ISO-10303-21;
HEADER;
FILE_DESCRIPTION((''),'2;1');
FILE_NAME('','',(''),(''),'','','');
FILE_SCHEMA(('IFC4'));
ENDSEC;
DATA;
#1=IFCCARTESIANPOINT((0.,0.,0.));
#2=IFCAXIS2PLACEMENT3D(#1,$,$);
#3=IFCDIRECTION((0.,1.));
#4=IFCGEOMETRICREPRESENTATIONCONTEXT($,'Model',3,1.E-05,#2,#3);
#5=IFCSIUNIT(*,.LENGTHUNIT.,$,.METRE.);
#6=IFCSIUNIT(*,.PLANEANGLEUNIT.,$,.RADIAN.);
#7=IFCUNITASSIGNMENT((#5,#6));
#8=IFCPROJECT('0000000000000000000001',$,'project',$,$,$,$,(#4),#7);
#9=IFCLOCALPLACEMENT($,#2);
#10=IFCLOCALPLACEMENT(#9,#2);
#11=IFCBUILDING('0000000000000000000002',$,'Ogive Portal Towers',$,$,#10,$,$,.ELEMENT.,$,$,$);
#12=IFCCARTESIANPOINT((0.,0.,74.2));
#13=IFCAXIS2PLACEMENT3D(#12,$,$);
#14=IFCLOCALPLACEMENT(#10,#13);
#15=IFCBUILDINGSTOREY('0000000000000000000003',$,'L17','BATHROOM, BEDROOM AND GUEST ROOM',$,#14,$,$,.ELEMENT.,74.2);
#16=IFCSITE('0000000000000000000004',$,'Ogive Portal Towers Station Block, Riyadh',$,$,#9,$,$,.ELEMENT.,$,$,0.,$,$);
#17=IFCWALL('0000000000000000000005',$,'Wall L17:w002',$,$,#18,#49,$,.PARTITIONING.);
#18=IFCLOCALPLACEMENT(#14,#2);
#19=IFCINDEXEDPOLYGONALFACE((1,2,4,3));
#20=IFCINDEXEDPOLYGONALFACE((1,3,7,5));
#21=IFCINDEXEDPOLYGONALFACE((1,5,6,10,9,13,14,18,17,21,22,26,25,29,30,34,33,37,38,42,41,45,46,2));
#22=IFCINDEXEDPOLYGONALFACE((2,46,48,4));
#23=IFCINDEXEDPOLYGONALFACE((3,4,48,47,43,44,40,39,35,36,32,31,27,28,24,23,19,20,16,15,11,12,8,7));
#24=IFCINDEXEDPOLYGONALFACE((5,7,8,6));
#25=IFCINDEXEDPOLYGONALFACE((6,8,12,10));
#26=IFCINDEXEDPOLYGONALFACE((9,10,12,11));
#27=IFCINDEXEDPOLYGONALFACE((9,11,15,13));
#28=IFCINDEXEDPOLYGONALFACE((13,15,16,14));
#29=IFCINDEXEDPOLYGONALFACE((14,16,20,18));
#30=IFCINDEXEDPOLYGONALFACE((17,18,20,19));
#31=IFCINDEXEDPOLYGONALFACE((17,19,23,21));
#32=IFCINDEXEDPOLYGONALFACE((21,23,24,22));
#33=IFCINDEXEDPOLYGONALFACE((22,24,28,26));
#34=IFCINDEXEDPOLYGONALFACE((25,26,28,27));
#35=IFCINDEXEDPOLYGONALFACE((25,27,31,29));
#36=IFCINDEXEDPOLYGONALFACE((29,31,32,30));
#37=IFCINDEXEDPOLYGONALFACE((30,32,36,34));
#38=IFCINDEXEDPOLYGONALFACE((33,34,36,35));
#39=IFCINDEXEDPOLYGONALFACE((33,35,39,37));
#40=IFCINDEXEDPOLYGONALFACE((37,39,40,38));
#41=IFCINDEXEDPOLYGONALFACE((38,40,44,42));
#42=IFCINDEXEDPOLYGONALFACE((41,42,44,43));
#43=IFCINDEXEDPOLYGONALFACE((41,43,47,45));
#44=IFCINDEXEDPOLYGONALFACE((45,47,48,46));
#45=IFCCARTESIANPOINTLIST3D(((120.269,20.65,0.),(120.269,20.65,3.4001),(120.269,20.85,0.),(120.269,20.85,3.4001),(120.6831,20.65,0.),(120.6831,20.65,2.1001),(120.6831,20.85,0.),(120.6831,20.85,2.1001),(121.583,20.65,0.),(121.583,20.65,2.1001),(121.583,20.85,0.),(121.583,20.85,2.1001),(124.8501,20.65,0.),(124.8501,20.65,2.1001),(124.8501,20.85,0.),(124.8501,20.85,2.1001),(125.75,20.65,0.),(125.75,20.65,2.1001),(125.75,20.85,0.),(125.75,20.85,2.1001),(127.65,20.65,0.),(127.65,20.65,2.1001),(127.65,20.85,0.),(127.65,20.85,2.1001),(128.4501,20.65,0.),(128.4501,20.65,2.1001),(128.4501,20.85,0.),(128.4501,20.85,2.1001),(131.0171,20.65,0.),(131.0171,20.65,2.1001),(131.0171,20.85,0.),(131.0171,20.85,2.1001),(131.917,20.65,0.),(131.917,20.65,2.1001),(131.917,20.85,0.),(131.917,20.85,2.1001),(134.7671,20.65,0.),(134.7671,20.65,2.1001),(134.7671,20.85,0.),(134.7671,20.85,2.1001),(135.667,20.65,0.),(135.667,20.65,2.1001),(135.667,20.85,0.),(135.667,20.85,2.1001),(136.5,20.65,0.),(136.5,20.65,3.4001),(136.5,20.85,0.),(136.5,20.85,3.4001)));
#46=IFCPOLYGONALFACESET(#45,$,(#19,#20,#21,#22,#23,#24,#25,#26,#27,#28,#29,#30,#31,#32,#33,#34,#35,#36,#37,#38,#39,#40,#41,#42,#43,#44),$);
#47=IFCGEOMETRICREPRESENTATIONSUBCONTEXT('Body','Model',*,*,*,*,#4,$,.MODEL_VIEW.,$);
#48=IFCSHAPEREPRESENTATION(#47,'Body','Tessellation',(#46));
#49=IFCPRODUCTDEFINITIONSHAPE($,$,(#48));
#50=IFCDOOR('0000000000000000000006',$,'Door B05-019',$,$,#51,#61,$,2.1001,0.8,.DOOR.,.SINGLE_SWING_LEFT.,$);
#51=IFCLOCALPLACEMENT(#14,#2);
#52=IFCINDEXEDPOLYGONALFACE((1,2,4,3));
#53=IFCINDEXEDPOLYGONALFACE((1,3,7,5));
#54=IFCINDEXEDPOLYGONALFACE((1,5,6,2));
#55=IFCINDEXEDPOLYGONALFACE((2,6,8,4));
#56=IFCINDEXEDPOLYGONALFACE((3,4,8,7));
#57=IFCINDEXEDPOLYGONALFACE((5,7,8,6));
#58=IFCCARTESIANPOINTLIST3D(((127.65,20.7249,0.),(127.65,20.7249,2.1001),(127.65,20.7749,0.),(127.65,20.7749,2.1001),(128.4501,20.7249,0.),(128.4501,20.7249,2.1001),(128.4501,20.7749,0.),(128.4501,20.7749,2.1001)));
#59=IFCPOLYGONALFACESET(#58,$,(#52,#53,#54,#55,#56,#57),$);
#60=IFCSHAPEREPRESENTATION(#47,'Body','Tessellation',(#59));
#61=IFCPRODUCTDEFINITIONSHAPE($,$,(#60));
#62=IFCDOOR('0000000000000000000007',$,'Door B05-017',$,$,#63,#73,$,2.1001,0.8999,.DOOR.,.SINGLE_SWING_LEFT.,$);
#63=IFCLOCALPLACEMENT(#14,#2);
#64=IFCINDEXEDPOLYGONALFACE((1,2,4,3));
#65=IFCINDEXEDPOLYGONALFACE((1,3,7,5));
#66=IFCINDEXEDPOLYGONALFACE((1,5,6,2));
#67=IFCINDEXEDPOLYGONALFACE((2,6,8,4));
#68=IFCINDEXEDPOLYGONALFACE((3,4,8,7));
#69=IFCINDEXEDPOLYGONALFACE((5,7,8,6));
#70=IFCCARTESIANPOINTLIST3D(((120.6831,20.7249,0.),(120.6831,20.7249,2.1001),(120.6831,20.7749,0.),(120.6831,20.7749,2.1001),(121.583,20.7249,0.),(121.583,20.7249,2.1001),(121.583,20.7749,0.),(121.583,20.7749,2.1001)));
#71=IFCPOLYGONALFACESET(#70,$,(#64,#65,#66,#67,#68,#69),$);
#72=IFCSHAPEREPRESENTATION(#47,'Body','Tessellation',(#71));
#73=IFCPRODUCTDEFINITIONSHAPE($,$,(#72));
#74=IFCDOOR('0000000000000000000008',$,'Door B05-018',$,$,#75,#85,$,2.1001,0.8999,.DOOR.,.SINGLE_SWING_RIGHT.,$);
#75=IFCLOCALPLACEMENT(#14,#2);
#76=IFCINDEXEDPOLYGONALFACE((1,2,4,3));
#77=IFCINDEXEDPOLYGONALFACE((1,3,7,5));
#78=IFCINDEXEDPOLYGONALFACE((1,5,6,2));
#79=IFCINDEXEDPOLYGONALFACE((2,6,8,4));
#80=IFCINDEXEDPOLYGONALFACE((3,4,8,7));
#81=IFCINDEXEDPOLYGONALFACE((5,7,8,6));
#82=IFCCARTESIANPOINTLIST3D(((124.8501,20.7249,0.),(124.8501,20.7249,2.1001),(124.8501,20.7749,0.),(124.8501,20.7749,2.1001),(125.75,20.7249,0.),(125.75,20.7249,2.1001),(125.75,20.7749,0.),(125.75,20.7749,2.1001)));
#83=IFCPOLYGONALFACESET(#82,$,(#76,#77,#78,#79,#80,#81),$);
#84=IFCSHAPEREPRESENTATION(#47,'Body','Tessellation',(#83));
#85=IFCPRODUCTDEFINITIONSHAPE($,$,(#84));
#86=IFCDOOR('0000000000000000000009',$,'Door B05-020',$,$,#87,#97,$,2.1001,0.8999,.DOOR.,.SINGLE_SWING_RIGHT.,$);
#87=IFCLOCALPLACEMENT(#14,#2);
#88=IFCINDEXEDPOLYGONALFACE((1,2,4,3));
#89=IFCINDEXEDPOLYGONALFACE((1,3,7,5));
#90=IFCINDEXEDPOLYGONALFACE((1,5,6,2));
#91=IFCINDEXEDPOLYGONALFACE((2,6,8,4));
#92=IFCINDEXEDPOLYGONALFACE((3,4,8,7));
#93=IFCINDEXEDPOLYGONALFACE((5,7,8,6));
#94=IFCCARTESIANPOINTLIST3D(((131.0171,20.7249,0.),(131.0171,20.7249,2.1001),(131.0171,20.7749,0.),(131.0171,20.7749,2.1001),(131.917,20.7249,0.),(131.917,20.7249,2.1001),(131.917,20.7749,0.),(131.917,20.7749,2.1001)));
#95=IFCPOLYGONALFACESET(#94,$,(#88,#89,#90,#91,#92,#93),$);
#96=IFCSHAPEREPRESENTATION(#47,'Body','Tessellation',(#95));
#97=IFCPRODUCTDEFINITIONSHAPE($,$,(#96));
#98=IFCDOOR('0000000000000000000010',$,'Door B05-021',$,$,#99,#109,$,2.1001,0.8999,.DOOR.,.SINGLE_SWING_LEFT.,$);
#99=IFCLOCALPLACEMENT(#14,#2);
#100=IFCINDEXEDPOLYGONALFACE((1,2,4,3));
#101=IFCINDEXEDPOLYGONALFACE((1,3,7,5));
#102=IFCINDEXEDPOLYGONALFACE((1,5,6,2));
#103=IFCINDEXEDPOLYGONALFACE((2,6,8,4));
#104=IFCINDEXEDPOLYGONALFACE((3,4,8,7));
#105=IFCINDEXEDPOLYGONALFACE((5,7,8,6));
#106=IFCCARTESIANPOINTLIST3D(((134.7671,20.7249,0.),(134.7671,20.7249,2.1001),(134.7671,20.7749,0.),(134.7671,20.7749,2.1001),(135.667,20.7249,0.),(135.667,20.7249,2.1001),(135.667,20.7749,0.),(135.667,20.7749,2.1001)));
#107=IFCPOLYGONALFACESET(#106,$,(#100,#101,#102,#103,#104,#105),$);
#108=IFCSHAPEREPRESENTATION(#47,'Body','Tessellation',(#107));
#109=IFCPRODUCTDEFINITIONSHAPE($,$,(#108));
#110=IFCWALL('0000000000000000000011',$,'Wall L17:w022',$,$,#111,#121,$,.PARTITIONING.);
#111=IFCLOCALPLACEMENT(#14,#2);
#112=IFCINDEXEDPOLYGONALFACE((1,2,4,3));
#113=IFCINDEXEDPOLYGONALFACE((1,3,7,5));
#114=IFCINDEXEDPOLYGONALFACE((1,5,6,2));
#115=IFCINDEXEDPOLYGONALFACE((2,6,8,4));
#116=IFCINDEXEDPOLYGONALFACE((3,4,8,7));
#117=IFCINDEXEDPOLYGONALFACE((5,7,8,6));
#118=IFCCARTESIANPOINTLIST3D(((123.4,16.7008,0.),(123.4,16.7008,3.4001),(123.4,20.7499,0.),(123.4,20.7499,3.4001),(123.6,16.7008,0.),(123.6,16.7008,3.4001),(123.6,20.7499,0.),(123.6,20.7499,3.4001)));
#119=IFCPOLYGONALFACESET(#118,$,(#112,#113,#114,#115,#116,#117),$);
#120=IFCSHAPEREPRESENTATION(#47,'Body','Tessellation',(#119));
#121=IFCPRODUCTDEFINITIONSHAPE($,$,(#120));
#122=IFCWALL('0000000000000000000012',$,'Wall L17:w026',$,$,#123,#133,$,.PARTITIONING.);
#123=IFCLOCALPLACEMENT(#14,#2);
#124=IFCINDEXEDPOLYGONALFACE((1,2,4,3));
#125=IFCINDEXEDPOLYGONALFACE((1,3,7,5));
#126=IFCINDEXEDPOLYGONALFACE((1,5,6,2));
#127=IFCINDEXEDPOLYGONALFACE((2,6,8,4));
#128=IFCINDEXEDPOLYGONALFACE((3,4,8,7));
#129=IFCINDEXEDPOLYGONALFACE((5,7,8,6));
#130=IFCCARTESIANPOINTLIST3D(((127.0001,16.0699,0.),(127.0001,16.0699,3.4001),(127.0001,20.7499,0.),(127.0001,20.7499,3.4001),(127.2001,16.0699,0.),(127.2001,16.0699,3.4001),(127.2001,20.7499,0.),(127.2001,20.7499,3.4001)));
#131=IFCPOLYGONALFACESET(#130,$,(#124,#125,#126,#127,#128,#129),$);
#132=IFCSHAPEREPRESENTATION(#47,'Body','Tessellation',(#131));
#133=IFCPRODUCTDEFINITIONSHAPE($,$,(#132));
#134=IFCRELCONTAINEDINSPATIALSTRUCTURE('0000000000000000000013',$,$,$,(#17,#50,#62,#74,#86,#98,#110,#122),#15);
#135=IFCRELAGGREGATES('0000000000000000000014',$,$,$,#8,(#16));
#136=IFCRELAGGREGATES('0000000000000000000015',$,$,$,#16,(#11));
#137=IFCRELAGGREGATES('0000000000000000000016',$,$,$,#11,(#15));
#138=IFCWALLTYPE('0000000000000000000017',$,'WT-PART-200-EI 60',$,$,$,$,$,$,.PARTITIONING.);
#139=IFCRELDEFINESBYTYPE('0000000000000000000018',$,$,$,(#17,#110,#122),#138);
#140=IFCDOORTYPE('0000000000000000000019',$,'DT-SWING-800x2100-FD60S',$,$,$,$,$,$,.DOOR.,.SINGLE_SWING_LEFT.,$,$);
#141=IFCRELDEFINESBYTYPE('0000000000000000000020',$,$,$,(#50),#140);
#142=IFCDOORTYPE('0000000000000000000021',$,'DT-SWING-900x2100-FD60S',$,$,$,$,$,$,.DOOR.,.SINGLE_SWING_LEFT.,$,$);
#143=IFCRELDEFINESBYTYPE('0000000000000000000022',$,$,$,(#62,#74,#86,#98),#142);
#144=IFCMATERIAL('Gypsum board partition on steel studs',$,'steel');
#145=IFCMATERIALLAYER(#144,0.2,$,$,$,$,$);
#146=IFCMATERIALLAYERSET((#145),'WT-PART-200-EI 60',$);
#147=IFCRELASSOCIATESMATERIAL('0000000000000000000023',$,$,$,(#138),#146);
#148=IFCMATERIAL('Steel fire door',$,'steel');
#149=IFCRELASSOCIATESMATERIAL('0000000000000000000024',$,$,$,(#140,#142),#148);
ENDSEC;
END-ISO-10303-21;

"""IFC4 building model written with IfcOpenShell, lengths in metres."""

from ifc_helpers import new_model, si_unit, direction, frame, frame_2d, origin, place, context, subcontext, project, spatial, rectangle, extrude, material, layer, layer_set, type_object, element, fill, save


model = new_model("IFC4")

# Units and contexts
model_context = context("Model", 3, precision=1e-05, world=origin(), true_north=direction((0.0, 1.0)))
body_context = subcontext(model_context, "Body", "Model", "MODEL_VIEW")
ifc_project = project(units=[si_unit("LENGTHUNIT", "METRE"), si_unit("PLANEANGLEUNIT", "RADIAN")], contexts=[model_context])

# Site, building, storey
site_placement = place(None, origin())
site = spatial("IfcSite", under=ifc_project, at=site_placement, Name="Ogive Portal Towers Station Block, Riyadh", CompositionType="ELEMENT", RefElevation=0.0)
building_placement = place(site_placement, origin())
building = spatial("IfcBuilding", under=site, at=building_placement, Name="Ogive Portal Towers", CompositionType="ELEMENT")
storey_placement = place(building_placement, frame((0.0, 0.0, 74.2)))
storey = spatial("IfcBuildingStorey", under=building, at=storey_placement, Name="L17", Description="BATHROOM, BEDROOM AND GUEST ROOM", CompositionType="ELEMENT", Elevation=74.2)

# Wall, openings, doors
ifc_material_1 = material(Name="Gypsum board partition on steel studs", Category="steel")
ifc_layer_1 = layer(ifc_material_1, 0.2)
ifc_layer_set_1 = layer_set([ifc_layer_1], Name="WT-PART-200-EI 60")
wall_type = type_object("IfcWallType", Name="WT-PART-200-EI 60", PredefinedType="PARTITIONING", material=ifc_layer_set_1)
wall_1_placement = place(storey_placement, frame((120.269, 20.75, 0.0), z_axis=(0.0, 0.0, 1.0), x_axis=(1.0, 0.0, 0.0)))
wall_1 = element("IfcWall", 1, at=wall_1_placement, inside=storey, type_object=wall_type, Name="Wall L17:w002", PredefinedType="PARTITIONING", context=body_context, shape_type="SweptSolid", body=[
    extrude(rectangle(XDim=16.231, YDim=0.2, at=frame_2d((8.1155, 0.0))), origin(), (0.0, 0.0, 1.0), 3.4001),
])
opening_1_placement = place(wall_1_placement, frame((0.4141, 0.0, 0.0)))
opening_1 = element("IfcOpeningElement", 2, at=opening_1_placement, cuts=wall_1, PredefinedType="OPENING", context=body_context, shape_type="SweptSolid", body=[
    extrude(rectangle(XDim=0.8999, YDim=2.1001, at=frame_2d((0.45, 1.05))), frame((0.0, 0.1099, 0.0), z_axis=(0.0, -1.0, 0.0), x_axis=(1.0, 0.0, 0.0)), (0.0, 0.0, 1.0), 0.22),
])
opening_2_placement = place(wall_1_placement, frame((4.5811, 0.0, 0.0)))
opening_2 = element("IfcOpeningElement", 3, at=opening_2_placement, cuts=wall_1, PredefinedType="OPENING", context=body_context, shape_type="SweptSolid", body=[
    extrude(rectangle(XDim=0.8999, YDim=2.1001, at=frame_2d((0.45, 1.05))), frame((0.0, 0.1099, 0.0), z_axis=(0.0, -1.0, 0.0), x_axis=(1.0, 0.0, 0.0)), (0.0, 0.0, 1.0), 0.22),
])
opening_3_placement = place(wall_1_placement, frame((7.3811, 0.0, 0.0)))
opening_3 = element("IfcOpeningElement", 4, at=opening_3_placement, cuts=wall_1, PredefinedType="OPENING", context=body_context, shape_type="SweptSolid", body=[
    extrude(rectangle(XDim=0.8, YDim=2.1001, at=frame_2d((0.3999, 1.05))), frame((0.0, 0.1099, 0.0), z_axis=(0.0, -1.0, 0.0), x_axis=(1.0, 0.0, 0.0)), (0.0, 0.0, 1.0), 0.22),
])
opening_4_placement = place(wall_1_placement, frame((10.748, 0.0, 0.0)))
opening_4 = element("IfcOpeningElement", 5, at=opening_4_placement, cuts=wall_1, PredefinedType="OPENING", context=body_context, shape_type="SweptSolid", body=[
    extrude(rectangle(XDim=0.8999, YDim=2.1001, at=frame_2d((0.45, 1.05))), frame((0.0, 0.1099, 0.0), z_axis=(0.0, -1.0, 0.0), x_axis=(1.0, 0.0, 0.0)), (0.0, 0.0, 1.0), 0.22),
])
opening_5_placement = place(wall_1_placement, frame((14.498, 0.0, 0.0)))
opening_5 = element("IfcOpeningElement", 6, at=opening_5_placement, cuts=wall_1, PredefinedType="OPENING", context=body_context, shape_type="SweptSolid", body=[
    extrude(rectangle(XDim=0.8999, YDim=2.1001, at=frame_2d((0.45, 1.05))), frame((0.0, 0.1099, 0.0), z_axis=(0.0, -1.0, 0.0), x_axis=(1.0, 0.0, 0.0)), (0.0, 0.0, 1.0), 0.22),
])
ifc_material_2 = material(Name="Steel fire door", Category="steel")
door_type_1 = type_object("IfcDoorType", Name="DT-SWING-800x2100-FD60S", OperationType="SINGLE_SWING_LEFT", PredefinedType="DOOR", material=ifc_material_2)
door_1_placement = place(opening_3_placement, origin())
door_1 = element("IfcDoor", 7, at=door_1_placement, inside=storey, type_object=door_type_1, Name="Door B05-019", OperationType="SINGLE_SWING_LEFT", OverallHeight=2.1001, OverallWidth=0.8, PredefinedType="DOOR", context=body_context, shape_type="SweptSolid", body=[
    extrude(rectangle(XDim=0.8, YDim=2.1001, at=frame_2d((0.3999, 1.05))), frame((0.0, 0.0249, 0.0), z_axis=(0.0, -1.0, 0.0), x_axis=(1.0, 0.0, 0.0)), (0.0, 0.0, 1.0), 0.05),
])
fill(opening_3, door_1)
door_type_2 = type_object("IfcDoorType", Name="DT-SWING-900x2100-FD60S", OperationType="SINGLE_SWING_LEFT", PredefinedType="DOOR", material=ifc_material_2)
door_2_placement = place(opening_1_placement, origin())
door_2 = element("IfcDoor", 8, at=door_2_placement, inside=storey, type_object=door_type_2, Name="Door B05-017", OperationType="SINGLE_SWING_LEFT", OverallHeight=2.1001, OverallWidth=0.8999, PredefinedType="DOOR", context=body_context, shape_type="SweptSolid", body=[
    extrude(rectangle(XDim=0.8999, YDim=2.1001, at=frame_2d((0.45, 1.05))), frame((0.0, 0.0249, 0.0), z_axis=(0.0, -1.0, 0.0), x_axis=(1.0, 0.0, 0.0)), (0.0, 0.0, 1.0), 0.05),
])
fill(opening_1, door_2)
door_3_placement = place(opening_2_placement, origin())
door_3 = element("IfcDoor", 9, at=door_3_placement, inside=storey, type_object=door_type_2, Name="Door B05-018", OperationType="SINGLE_SWING_RIGHT", OverallHeight=2.1001, OverallWidth=0.8999, PredefinedType="DOOR", context=body_context, shape_type="SweptSolid", body=[
    extrude(rectangle(XDim=0.8999, YDim=2.1001, at=frame_2d((0.45, 1.05))), frame((0.0, 0.0249, 0.0), z_axis=(0.0, -1.0, 0.0), x_axis=(1.0, 0.0, 0.0)), (0.0, 0.0, 1.0), 0.05),
])
fill(opening_2, door_3)
door_4_placement = place(opening_4_placement, origin())
door_4 = element("IfcDoor", 10, at=door_4_placement, inside=storey, type_object=door_type_2, Name="Door B05-020", OperationType="SINGLE_SWING_RIGHT", OverallHeight=2.1001, OverallWidth=0.8999, PredefinedType="DOOR", context=body_context, shape_type="SweptSolid", body=[
    extrude(rectangle(XDim=0.8999, YDim=2.1001, at=frame_2d((0.45, 1.05))), frame((0.0, 0.0249, 0.0), z_axis=(0.0, -1.0, 0.0), x_axis=(1.0, 0.0, 0.0)), (0.0, 0.0, 1.0), 0.05),
])
fill(opening_4, door_4)
door_5_placement = place(opening_5_placement, origin())
door_5 = element("IfcDoor", 11, at=door_5_placement, inside=storey, type_object=door_type_2, Name="Door B05-021", OperationType="SINGLE_SWING_LEFT", OverallHeight=2.1001, OverallWidth=0.8999, PredefinedType="DOOR", context=body_context, shape_type="SweptSolid", body=[
    extrude(rectangle(XDim=0.8999, YDim=2.1001, at=frame_2d((0.45, 1.05))), frame((0.0, 0.0249, 0.0), z_axis=(0.0, -1.0, 0.0), x_axis=(1.0, 0.0, 0.0)), (0.0, 0.0, 1.0), 0.05),
])
fill(opening_5, door_5)

# Walls
wall_2_placement = place(storey_placement, frame((123.5, 16.7009, 0.0), z_axis=(0.0, 0.0, 1.0), x_axis=(0.0, 1.0, 0.0)))
element("IfcWall", 12, at=wall_2_placement, inside=storey, type_object=wall_type, Name="Wall L17:w022", PredefinedType="PARTITIONING", context=body_context, shape_type="SweptSolid", body=[
    extrude(rectangle(XDim=4.0491, YDim=0.2, at=frame_2d((2.0244, 0.0))), origin(), (0.0, 0.0, 1.0), 3.4001),
])
wall_3_placement = place(storey_placement, frame((127.1001, 16.0701, 0.0), z_axis=(0.0, 0.0, 1.0), x_axis=(0.0, 1.0, 0.0)))
element("IfcWall", 13, at=wall_3_placement, inside=storey, type_object=wall_type, Name="Wall L17:w026", PredefinedType="PARTITIONING", context=body_context, shape_type="SweptSolid", body=[
    extrude(rectangle(XDim=4.6799, YDim=0.2, at=frame_2d((2.3398, 0.0))), origin(), (0.0, 0.0, 1.0), 3.4001),
])

save(model, "model.ifc")
